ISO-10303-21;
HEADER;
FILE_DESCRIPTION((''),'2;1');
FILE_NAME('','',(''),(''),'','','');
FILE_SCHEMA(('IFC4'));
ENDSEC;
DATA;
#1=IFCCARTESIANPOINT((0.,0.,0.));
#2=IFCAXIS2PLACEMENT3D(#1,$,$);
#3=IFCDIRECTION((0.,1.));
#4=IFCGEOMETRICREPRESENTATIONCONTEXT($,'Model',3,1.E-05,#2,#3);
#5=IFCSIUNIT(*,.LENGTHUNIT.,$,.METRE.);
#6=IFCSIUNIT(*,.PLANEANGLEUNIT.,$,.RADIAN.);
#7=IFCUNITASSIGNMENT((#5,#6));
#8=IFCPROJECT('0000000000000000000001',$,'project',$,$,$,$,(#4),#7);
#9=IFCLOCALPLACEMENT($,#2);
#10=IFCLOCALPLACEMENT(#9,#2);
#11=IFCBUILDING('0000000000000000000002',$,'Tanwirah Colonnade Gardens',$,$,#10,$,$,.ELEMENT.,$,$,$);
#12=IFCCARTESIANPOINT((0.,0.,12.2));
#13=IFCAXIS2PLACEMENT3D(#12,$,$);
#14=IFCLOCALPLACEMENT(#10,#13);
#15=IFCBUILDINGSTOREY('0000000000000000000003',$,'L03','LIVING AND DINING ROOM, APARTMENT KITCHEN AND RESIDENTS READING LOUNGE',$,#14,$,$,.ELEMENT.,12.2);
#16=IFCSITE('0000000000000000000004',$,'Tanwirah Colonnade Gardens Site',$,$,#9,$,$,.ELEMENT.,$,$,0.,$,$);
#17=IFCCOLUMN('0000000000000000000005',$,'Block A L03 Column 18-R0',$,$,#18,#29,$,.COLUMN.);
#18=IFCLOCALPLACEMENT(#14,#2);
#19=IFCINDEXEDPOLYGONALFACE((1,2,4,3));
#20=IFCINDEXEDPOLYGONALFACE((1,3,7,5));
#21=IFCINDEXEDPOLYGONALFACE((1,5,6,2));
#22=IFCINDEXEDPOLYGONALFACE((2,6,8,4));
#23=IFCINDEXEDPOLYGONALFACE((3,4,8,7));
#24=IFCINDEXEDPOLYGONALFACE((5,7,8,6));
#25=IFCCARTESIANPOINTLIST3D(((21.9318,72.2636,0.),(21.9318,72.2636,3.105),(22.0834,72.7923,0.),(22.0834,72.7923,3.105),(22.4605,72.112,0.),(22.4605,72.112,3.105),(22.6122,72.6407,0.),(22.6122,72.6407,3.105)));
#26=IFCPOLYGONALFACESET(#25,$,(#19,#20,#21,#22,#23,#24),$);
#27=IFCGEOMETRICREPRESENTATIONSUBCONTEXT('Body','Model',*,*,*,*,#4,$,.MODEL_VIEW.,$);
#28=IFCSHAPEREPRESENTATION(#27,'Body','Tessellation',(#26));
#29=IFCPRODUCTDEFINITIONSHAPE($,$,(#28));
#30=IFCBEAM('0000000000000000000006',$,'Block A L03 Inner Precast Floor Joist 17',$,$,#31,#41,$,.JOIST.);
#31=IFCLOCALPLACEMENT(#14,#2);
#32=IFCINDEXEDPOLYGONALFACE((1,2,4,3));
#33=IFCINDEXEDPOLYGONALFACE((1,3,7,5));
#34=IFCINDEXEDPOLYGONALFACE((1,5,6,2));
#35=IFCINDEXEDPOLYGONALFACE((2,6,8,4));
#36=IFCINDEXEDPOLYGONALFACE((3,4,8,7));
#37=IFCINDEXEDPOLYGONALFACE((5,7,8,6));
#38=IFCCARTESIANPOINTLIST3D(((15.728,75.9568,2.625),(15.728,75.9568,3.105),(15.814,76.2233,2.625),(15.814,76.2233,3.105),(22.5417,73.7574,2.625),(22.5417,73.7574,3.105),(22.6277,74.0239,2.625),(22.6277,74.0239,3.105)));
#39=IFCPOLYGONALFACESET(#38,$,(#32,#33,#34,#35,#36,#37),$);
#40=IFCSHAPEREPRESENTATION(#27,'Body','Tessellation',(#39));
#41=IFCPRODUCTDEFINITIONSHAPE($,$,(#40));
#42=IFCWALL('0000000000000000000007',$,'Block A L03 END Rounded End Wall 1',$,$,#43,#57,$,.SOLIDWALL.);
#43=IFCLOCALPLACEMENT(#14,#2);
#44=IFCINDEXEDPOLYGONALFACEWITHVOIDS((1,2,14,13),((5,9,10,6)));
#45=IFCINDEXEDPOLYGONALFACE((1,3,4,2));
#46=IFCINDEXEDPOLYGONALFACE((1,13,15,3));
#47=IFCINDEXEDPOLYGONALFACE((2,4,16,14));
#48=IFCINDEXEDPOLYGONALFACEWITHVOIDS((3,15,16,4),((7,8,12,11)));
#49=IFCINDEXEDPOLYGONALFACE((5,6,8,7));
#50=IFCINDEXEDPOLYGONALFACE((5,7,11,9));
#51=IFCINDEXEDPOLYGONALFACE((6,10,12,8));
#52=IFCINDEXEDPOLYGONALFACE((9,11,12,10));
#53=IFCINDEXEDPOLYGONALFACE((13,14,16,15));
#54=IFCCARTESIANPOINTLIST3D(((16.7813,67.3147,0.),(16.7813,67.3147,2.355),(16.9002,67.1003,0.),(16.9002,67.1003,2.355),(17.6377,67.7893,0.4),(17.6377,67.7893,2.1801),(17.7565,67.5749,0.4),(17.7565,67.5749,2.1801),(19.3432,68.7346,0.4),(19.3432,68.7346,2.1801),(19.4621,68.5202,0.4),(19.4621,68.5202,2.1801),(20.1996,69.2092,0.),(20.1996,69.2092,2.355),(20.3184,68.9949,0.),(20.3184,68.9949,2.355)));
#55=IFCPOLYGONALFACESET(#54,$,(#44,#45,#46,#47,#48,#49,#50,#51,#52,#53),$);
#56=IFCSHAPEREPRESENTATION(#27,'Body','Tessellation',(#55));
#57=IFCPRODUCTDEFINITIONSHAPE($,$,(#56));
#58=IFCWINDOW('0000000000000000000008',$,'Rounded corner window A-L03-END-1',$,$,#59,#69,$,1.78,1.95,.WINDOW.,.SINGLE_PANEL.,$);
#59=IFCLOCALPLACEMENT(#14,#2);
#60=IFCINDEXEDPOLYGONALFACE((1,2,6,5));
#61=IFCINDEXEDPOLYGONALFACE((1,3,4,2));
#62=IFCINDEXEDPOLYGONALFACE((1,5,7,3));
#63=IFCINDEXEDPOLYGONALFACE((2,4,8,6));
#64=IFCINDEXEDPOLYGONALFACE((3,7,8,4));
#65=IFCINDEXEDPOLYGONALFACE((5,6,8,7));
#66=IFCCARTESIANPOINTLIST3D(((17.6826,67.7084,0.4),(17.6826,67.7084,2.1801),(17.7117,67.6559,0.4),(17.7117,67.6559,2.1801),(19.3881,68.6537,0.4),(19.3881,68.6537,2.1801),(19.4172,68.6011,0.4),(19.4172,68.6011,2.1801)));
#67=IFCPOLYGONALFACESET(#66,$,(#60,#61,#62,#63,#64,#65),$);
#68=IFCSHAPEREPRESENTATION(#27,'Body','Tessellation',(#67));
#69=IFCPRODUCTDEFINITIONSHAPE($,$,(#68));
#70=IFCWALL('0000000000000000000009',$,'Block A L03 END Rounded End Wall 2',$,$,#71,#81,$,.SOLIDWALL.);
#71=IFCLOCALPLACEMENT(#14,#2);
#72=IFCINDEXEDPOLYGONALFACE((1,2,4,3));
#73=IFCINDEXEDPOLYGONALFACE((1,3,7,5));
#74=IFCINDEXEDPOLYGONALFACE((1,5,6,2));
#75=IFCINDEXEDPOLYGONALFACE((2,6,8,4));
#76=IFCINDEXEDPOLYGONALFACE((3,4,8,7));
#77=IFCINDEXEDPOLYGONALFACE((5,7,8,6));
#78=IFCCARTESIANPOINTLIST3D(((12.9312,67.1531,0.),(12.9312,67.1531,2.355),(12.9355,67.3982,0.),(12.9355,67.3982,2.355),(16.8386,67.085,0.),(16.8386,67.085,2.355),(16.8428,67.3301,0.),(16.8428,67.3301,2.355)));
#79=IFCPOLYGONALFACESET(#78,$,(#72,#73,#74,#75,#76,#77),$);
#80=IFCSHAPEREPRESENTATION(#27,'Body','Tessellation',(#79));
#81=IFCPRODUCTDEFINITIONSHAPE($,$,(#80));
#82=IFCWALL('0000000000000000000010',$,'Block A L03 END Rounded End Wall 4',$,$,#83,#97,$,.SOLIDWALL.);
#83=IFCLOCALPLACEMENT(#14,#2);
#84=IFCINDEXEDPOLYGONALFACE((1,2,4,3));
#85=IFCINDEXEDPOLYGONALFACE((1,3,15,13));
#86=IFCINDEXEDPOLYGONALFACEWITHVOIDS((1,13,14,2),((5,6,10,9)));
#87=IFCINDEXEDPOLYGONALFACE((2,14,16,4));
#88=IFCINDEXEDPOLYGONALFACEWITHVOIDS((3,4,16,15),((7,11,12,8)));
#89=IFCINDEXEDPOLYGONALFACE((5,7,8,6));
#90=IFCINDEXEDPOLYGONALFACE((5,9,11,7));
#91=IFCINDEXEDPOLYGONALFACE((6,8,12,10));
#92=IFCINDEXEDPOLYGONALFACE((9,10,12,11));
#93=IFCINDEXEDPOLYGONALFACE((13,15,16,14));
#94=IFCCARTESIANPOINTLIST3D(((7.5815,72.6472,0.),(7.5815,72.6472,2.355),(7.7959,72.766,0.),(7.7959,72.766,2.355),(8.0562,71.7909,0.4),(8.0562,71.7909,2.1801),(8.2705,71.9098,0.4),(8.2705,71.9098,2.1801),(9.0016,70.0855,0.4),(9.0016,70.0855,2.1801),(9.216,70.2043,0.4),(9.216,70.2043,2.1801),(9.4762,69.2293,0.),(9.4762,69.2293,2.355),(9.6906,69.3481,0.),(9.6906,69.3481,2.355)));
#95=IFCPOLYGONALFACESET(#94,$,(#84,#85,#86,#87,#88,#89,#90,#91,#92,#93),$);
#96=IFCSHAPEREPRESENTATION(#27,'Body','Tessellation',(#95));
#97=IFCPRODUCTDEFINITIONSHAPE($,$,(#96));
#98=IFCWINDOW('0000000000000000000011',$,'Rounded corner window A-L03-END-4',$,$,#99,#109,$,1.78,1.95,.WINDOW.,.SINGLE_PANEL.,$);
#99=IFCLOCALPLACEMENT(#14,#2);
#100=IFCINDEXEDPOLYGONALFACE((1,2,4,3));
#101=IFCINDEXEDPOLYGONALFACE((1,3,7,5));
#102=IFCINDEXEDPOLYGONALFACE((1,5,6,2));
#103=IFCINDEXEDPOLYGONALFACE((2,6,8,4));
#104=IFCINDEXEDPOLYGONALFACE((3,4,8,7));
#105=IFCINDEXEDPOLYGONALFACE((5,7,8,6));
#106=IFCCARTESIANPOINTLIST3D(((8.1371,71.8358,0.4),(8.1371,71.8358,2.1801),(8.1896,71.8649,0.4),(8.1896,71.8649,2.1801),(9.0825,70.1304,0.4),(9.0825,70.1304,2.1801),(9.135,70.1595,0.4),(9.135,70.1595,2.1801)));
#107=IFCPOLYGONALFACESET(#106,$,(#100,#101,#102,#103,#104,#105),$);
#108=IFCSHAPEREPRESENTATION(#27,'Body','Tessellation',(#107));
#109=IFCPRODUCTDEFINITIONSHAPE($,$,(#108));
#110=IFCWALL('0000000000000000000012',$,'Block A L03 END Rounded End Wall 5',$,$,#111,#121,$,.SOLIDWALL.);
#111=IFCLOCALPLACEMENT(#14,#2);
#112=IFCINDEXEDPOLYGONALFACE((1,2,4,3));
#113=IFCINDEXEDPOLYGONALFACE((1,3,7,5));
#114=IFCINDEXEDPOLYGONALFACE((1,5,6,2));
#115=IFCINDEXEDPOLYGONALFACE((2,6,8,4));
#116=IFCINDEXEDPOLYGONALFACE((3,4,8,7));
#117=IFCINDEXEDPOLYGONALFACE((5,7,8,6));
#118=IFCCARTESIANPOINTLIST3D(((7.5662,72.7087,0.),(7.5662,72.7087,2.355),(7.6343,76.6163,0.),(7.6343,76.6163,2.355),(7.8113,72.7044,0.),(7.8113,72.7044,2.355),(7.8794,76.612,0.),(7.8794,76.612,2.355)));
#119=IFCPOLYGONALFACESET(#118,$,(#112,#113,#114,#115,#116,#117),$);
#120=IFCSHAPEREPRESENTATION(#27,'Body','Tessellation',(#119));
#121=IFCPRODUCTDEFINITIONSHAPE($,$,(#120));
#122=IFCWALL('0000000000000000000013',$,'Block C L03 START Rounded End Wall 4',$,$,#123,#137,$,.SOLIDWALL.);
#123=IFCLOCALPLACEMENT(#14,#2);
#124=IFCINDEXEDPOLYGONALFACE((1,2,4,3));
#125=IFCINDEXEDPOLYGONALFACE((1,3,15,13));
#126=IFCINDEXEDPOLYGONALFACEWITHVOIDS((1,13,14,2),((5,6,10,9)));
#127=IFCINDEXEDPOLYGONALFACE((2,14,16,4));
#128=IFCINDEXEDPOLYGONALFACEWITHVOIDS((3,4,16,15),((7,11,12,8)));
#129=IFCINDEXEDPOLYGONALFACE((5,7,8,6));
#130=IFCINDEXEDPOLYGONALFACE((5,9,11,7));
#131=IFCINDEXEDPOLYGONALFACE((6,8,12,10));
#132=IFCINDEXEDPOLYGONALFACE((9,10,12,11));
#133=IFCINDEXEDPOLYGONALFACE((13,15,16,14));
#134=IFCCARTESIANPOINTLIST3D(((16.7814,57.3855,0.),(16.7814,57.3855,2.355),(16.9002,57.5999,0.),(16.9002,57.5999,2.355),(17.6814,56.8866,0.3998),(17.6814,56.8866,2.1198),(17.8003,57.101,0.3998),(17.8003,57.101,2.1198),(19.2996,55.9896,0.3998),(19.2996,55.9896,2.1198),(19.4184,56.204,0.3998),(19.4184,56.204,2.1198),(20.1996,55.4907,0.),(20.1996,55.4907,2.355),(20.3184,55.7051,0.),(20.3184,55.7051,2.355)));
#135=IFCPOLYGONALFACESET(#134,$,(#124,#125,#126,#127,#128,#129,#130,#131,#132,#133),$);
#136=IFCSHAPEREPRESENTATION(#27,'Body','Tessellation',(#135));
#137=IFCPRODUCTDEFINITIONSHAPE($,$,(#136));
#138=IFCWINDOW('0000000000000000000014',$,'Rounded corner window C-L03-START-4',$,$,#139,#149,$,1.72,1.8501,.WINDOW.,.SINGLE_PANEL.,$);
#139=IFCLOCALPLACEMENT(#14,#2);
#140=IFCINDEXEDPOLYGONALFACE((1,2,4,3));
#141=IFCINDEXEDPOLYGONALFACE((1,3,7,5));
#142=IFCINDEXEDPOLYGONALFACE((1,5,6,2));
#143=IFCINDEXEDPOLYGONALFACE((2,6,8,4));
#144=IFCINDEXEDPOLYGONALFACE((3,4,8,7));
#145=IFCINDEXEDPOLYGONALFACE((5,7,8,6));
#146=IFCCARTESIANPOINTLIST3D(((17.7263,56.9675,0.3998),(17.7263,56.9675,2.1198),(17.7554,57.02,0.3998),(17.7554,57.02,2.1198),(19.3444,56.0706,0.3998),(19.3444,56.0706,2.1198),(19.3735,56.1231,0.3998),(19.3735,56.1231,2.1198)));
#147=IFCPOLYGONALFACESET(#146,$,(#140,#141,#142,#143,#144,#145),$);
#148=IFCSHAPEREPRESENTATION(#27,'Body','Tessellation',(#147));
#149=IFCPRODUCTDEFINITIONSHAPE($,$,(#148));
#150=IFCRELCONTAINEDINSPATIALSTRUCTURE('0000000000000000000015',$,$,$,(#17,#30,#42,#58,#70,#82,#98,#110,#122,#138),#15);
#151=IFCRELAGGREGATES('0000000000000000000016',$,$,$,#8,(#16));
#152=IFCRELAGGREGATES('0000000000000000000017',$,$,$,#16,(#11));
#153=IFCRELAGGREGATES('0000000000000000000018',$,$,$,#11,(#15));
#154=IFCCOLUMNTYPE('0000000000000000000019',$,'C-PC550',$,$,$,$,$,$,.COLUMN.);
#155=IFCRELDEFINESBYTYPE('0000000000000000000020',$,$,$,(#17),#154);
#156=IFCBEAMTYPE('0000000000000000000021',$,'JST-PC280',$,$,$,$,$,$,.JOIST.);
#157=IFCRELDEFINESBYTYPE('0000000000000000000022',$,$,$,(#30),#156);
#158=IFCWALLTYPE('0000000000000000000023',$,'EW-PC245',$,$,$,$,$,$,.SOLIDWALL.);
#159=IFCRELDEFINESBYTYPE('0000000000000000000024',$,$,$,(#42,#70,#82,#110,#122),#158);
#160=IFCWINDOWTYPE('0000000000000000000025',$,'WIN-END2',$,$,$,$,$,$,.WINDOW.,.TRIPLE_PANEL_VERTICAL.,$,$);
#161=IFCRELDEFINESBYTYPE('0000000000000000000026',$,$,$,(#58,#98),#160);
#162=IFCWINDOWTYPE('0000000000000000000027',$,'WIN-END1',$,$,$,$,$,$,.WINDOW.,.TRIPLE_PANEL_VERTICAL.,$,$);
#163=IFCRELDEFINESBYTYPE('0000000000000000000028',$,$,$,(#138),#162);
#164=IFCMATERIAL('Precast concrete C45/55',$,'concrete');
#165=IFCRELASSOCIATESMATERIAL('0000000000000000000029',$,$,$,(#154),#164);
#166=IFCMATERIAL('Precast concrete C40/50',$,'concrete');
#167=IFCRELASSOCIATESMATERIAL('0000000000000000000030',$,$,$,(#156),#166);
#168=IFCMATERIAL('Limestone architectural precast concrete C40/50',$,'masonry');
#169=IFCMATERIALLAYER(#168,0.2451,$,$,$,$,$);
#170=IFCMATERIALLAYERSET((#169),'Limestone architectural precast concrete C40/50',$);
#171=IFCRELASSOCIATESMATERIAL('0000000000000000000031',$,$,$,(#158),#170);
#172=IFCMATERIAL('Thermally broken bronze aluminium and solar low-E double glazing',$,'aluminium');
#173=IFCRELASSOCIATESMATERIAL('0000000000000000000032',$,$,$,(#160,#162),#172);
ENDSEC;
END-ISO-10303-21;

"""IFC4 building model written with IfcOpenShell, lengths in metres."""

from ifc_helpers import new_model, si_unit, direction, frame, frame_2d, origin, origin_2d, place, context, subcontext, project, spatial, rectangle, extrude, material, layer, layer_set, material_profile, profile_set, type_object, element, fill, save


model = new_model("IFC4")

# Units and contexts
model_context = context("Model", 3, precision=1e-05, world=origin(), true_north=direction((0.0, 1.0)))
body_context = subcontext(model_context, "Body", "Model", "MODEL_VIEW")
ifc_project = project(units=[si_unit("LENGTHUNIT", "METRE"), si_unit("PLANEANGLEUNIT", "RADIAN")], contexts=[model_context])

# Site, building, storey
site_placement = place(None, origin())
site = spatial("IfcSite", under=ifc_project, at=site_placement, Name="Tanwirah Colonnade Gardens Site", CompositionType="ELEMENT", RefElevation=0.0)
building_placement = place(site_placement, origin())
building = spatial("IfcBuilding", under=site, at=building_placement, Name="Tanwirah Colonnade Gardens", CompositionType="ELEMENT")
storey_placement = place(building_placement, frame((0.0, 0.0, 12.2)))
storey = spatial("IfcBuildingStorey", under=building, at=storey_placement, Name="L03", Description="LIVING AND DINING ROOM, APARTMENT KITCHEN AND RESIDENTS READING LOUNGE", CompositionType="ELEMENT", Elevation=12.2)

# Column
ifc_material_1 = material(Name="Precast concrete C45/55", Category="concrete")
ifc_material_profile_1 = material_profile(ifc_material_1, rectangle(XDim=0.55, YDim=0.55, at=origin_2d()), Name="PC-COL 550x550")
ifc_profile_set_1 = profile_set([ifc_material_profile_1], Name="Precast concrete C45/55")
column_type = type_object("IfcColumnType", Name="C-PC550", PredefinedType="COLUMN", material=ifc_profile_set_1)
column_placement = place(storey_placement, frame((22.272, 72.4521, 0.0), z_axis=(0.0, 0.0, 1.0), x_axis=(-0.961262, 0.275637, 0.0)))
element("IfcColumn", 1, at=column_placement, inside=storey, type_object=column_type, Name="Block A L03 Column 18-R0", PredefinedType="COLUMN", context=body_context, shape_type="SweptSolid", body=[
    extrude(rectangle(XDim=0.55, YDim=0.55, at=origin_2d()), origin(), (0.0, 0.0, 1.0), 3.105),
])

# Beam
ifc_material_2 = material(Name="Precast concrete C40/50", Category="concrete")
ifc_material_profile_2 = material_profile(ifc_material_2, rectangle(XDim=0.28, YDim=0.48, at=origin_2d()), Name="PC-JST 280x480")
ifc_profile_set_2 = profile_set([ifc_material_profile_2], Name="Precast concrete C40/50")
beam_type = type_object("IfcBeamType", Name="JST-PC280", PredefinedType="JOIST", material=ifc_profile_set_2)
beam_placement = place(storey_placement, frame((22.5847, 73.8906, 2.865), z_axis=(-0.951648, 0.307191, 0.0), x_axis=(-0.307191, -0.951648, 0.0)))
element("IfcBeam", 2, at=beam_placement, inside=storey, type_object=beam_type, Name="Block A L03 Inner Precast Floor Joist 17", PredefinedType="JOIST", context=body_context, shape_type="SweptSolid", body=[
    extrude(rectangle(XDim=0.28, YDim=0.48, at=origin_2d()), origin(), (0.0, 0.0, 1.0), 7.1599),
])

# Wall, opening, window
ifc_material_3 = material(Name="Limestone architectural precast concrete C40/50", Category="masonry")
ifc_layer = layer(ifc_material_3, 0.2451)
ifc_layer_set = layer_set([ifc_layer], Name="Limestone architectural precast concrete C40/50")
wall_type = type_object("IfcWallType", Name="EW-PC245", PredefinedType="SOLIDWALL", material=ifc_layer_set)
wall_1_placement = place(storey_placement, frame((20.259, 69.1021, 0.0), z_axis=(0.0, 0.0, 1.0), x_axis=(-0.874643, -0.484768, 0.0)))
wall_1 = element("IfcWall", 3, at=wall_1_placement, inside=storey, type_object=wall_type, Name="Block A L03 END Rounded End Wall 1", PredefinedType="SOLIDWALL", context=body_context, shape_type="SweptSolid", body=[
    extrude(rectangle(XDim=3.9082, YDim=0.2451, at=frame_2d((1.9541, 0.0))), origin(), (0.0, 0.0, 1.0), 2.355),
])
opening_1_placement = place(wall_1_placement, frame((0.979, 0.0, 0.3999)))
opening_1 = element("IfcOpeningElement", 4, at=opening_1_placement, cuts=wall_1, PredefinedType="OPENING", context=body_context, shape_type="SweptSolid", body=[
    extrude(rectangle(XDim=1.95, YDim=1.78, at=frame_2d((0.9751, 0.8901))), frame((0.0, 0.1326, 0.0), z_axis=(0.0, -1.0, 0.0), x_axis=(1.0, 0.0, 0.0)), (0.0, 0.0, 1.0), 0.2651),
])
ifc_material_4 = material(Name="Thermally broken bronze aluminium and solar low-E double glazing", Category="aluminium")
window_type_1 = type_object("IfcWindowType", Name="WIN-END2", PartitioningType="TRIPLE_PANEL_VERTICAL", PredefinedType="WINDOW", material=ifc_material_4)
window_1_placement = place(opening_1_placement, origin())
window_1 = element("IfcWindow", 5, at=window_1_placement, inside=storey, type_object=window_type_1, Name="Rounded corner window A-L03-END-1", OverallHeight=1.78, OverallWidth=1.95, PartitioningType="SINGLE_PANEL", PredefinedType="WINDOW", context=body_context, shape_type="SweptSolid", body=[
    extrude(rectangle(XDim=1.95, YDim=1.78, at=frame_2d((0.9751, 0.8901))), frame((0.0, 0.03, 0.0), z_axis=(0.0, -1.0, 0.0), x_axis=(1.0, 0.0, 0.0)), (0.0, 0.0, 1.0), 0.0601),
])
fill(opening_1, window_1)

# Wall
wall_2_placement = place(storey_placement, frame((16.8408, 67.2075, 0.0), z_axis=(0.0, 0.0, 1.0), x_axis=(-0.999848, 0.017429, 0.0)))
element("IfcWall", 6, at=wall_2_placement, inside=storey, type_object=wall_type, Name="Block A L03 END Rounded End Wall 2", PredefinedType="SOLIDWALL", context=body_context, shape_type="SweptSolid", body=[
    extrude(rectangle(XDim=3.908, YDim=0.2451, at=frame_2d((1.9541, 0.0))), origin(), (0.0, 0.0, 1.0), 2.355),
])

# Wall, opening, window
wall_3_placement = place(storey_placement, frame((9.5835, 69.2886, 0.0), z_axis=(0.0, 0.0, 1.0), x_axis=(-0.484842, 0.874602, 0.0)))
wall_3 = element("IfcWall", 7, at=wall_3_placement, inside=storey, type_object=wall_type, Name="Block A L03 END Rounded End Wall 4", PredefinedType="SOLIDWALL", context=body_context, shape_type="SweptSolid", body=[
    extrude(rectangle(XDim=3.908, YDim=0.2451, at=frame_2d((1.9541, 0.0))), origin(), (0.0, 0.0, 1.0), 2.355),
])
opening_2_placement = place(wall_3_placement, frame((0.979, 0.0, 0.3999)))
opening_2 = element("IfcOpeningElement", 8, at=opening_2_placement, cuts=wall_3, PredefinedType="OPENING", context=body_context, shape_type="SweptSolid", body=[
    extrude(rectangle(XDim=1.95, YDim=1.78, at=frame_2d((0.9751, 0.8901))), frame((0.0, 0.1326, 0.0), z_axis=(0.0, -1.0, 0.0), x_axis=(1.0, 0.0, 0.0)), (0.0, 0.0, 1.0), 0.2651),
])
window_2_placement = place(opening_2_placement, origin())
window_2 = element("IfcWindow", 9, at=window_2_placement, inside=storey, type_object=window_type_1, Name="Rounded corner window A-L03-END-4", OverallHeight=1.78, OverallWidth=1.95, PartitioningType="SINGLE_PANEL", PredefinedType="WINDOW", context=body_context, shape_type="SweptSolid", body=[
    extrude(rectangle(XDim=1.95, YDim=1.78, at=frame_2d((0.9751, 0.8901))), frame((0.0, 0.03, 0.0), z_axis=(0.0, -1.0, 0.0), x_axis=(1.0, 0.0, 0.0)), (0.0, 0.0, 1.0), 0.0601),
])
fill(opening_2, window_2)

# Wall
wall_4_placement = place(storey_placement, frame((7.6887, 72.7065, 0.0), z_axis=(0.0, 0.0, 1.0), x_axis=(0.017428, 0.999848, 0.0)))
element("IfcWall", 10, at=wall_4_placement, inside=storey, type_object=wall_type, Name="Block A L03 END Rounded End Wall 5", PredefinedType="SOLIDWALL", context=body_context, shape_type="SweptSolid", body=[
    extrude(rectangle(XDim=3.9082, YDim=0.2451, at=frame_2d((1.9541, 0.0))), origin(), (0.0, 0.0, 1.0), 2.355),
])

# Wall, opening, window
wall_5_placement = place(storey_placement, frame((16.8408, 57.4927, 0.0), z_axis=(0.0, 0.0, 1.0), x_axis=(0.874617, -0.484815, 0.0)))
wall_5 = element("IfcWall", 11, at=wall_5_placement, inside=storey, type_object=wall_type, Name="Block C L03 START Rounded End Wall 4", PredefinedType="SOLIDWALL", context=body_context, shape_type="SweptSolid", body=[
    extrude(rectangle(XDim=3.9082, YDim=0.2451, at=frame_2d((1.9541, 0.0))), origin(), (0.0, 0.0, 1.0), 2.355),
])
opening_3_placement = place(wall_5_placement, frame((1.0291, 0.0, 0.3999)))
opening_3 = element("IfcOpeningElement", 12, at=opening_3_placement, cuts=wall_5, PredefinedType="OPENING", context=body_context, shape_type="SweptSolid", body=[
    extrude(rectangle(XDim=1.8501, YDim=1.72, at=frame_2d((0.925, 0.8599))), frame((0.0, 0.1326, 0.0), z_axis=(0.0, -1.0, 0.0), x_axis=(1.0, 0.0, 0.0)), (0.0, 0.0, 1.0), 0.2651),
])
window_type_2 = type_object("IfcWindowType", Name="WIN-END1", PartitioningType="TRIPLE_PANEL_VERTICAL", PredefinedType="WINDOW", material=ifc_material_4)
window_3_placement = place(opening_3_placement, origin())
window_3 = element("IfcWindow", 13, at=window_3_placement, inside=storey, type_object=window_type_2, Name="Rounded corner window C-L03-START-4", OverallHeight=1.72, OverallWidth=1.8501, PartitioningType="SINGLE_PANEL", PredefinedType="WINDOW", context=body_context, shape_type="SweptSolid", body=[
    extrude(rectangle(XDim=1.8501, YDim=1.72, at=frame_2d((0.925, 0.8599))), frame((0.0, 0.03, 0.0), z_axis=(0.0, -1.0, 0.0), x_axis=(1.0, 0.0, 0.0)), (0.0, 0.0, 1.0), 0.0601),
])
fill(opening_3, window_3)

save(model, "model.ifc")
